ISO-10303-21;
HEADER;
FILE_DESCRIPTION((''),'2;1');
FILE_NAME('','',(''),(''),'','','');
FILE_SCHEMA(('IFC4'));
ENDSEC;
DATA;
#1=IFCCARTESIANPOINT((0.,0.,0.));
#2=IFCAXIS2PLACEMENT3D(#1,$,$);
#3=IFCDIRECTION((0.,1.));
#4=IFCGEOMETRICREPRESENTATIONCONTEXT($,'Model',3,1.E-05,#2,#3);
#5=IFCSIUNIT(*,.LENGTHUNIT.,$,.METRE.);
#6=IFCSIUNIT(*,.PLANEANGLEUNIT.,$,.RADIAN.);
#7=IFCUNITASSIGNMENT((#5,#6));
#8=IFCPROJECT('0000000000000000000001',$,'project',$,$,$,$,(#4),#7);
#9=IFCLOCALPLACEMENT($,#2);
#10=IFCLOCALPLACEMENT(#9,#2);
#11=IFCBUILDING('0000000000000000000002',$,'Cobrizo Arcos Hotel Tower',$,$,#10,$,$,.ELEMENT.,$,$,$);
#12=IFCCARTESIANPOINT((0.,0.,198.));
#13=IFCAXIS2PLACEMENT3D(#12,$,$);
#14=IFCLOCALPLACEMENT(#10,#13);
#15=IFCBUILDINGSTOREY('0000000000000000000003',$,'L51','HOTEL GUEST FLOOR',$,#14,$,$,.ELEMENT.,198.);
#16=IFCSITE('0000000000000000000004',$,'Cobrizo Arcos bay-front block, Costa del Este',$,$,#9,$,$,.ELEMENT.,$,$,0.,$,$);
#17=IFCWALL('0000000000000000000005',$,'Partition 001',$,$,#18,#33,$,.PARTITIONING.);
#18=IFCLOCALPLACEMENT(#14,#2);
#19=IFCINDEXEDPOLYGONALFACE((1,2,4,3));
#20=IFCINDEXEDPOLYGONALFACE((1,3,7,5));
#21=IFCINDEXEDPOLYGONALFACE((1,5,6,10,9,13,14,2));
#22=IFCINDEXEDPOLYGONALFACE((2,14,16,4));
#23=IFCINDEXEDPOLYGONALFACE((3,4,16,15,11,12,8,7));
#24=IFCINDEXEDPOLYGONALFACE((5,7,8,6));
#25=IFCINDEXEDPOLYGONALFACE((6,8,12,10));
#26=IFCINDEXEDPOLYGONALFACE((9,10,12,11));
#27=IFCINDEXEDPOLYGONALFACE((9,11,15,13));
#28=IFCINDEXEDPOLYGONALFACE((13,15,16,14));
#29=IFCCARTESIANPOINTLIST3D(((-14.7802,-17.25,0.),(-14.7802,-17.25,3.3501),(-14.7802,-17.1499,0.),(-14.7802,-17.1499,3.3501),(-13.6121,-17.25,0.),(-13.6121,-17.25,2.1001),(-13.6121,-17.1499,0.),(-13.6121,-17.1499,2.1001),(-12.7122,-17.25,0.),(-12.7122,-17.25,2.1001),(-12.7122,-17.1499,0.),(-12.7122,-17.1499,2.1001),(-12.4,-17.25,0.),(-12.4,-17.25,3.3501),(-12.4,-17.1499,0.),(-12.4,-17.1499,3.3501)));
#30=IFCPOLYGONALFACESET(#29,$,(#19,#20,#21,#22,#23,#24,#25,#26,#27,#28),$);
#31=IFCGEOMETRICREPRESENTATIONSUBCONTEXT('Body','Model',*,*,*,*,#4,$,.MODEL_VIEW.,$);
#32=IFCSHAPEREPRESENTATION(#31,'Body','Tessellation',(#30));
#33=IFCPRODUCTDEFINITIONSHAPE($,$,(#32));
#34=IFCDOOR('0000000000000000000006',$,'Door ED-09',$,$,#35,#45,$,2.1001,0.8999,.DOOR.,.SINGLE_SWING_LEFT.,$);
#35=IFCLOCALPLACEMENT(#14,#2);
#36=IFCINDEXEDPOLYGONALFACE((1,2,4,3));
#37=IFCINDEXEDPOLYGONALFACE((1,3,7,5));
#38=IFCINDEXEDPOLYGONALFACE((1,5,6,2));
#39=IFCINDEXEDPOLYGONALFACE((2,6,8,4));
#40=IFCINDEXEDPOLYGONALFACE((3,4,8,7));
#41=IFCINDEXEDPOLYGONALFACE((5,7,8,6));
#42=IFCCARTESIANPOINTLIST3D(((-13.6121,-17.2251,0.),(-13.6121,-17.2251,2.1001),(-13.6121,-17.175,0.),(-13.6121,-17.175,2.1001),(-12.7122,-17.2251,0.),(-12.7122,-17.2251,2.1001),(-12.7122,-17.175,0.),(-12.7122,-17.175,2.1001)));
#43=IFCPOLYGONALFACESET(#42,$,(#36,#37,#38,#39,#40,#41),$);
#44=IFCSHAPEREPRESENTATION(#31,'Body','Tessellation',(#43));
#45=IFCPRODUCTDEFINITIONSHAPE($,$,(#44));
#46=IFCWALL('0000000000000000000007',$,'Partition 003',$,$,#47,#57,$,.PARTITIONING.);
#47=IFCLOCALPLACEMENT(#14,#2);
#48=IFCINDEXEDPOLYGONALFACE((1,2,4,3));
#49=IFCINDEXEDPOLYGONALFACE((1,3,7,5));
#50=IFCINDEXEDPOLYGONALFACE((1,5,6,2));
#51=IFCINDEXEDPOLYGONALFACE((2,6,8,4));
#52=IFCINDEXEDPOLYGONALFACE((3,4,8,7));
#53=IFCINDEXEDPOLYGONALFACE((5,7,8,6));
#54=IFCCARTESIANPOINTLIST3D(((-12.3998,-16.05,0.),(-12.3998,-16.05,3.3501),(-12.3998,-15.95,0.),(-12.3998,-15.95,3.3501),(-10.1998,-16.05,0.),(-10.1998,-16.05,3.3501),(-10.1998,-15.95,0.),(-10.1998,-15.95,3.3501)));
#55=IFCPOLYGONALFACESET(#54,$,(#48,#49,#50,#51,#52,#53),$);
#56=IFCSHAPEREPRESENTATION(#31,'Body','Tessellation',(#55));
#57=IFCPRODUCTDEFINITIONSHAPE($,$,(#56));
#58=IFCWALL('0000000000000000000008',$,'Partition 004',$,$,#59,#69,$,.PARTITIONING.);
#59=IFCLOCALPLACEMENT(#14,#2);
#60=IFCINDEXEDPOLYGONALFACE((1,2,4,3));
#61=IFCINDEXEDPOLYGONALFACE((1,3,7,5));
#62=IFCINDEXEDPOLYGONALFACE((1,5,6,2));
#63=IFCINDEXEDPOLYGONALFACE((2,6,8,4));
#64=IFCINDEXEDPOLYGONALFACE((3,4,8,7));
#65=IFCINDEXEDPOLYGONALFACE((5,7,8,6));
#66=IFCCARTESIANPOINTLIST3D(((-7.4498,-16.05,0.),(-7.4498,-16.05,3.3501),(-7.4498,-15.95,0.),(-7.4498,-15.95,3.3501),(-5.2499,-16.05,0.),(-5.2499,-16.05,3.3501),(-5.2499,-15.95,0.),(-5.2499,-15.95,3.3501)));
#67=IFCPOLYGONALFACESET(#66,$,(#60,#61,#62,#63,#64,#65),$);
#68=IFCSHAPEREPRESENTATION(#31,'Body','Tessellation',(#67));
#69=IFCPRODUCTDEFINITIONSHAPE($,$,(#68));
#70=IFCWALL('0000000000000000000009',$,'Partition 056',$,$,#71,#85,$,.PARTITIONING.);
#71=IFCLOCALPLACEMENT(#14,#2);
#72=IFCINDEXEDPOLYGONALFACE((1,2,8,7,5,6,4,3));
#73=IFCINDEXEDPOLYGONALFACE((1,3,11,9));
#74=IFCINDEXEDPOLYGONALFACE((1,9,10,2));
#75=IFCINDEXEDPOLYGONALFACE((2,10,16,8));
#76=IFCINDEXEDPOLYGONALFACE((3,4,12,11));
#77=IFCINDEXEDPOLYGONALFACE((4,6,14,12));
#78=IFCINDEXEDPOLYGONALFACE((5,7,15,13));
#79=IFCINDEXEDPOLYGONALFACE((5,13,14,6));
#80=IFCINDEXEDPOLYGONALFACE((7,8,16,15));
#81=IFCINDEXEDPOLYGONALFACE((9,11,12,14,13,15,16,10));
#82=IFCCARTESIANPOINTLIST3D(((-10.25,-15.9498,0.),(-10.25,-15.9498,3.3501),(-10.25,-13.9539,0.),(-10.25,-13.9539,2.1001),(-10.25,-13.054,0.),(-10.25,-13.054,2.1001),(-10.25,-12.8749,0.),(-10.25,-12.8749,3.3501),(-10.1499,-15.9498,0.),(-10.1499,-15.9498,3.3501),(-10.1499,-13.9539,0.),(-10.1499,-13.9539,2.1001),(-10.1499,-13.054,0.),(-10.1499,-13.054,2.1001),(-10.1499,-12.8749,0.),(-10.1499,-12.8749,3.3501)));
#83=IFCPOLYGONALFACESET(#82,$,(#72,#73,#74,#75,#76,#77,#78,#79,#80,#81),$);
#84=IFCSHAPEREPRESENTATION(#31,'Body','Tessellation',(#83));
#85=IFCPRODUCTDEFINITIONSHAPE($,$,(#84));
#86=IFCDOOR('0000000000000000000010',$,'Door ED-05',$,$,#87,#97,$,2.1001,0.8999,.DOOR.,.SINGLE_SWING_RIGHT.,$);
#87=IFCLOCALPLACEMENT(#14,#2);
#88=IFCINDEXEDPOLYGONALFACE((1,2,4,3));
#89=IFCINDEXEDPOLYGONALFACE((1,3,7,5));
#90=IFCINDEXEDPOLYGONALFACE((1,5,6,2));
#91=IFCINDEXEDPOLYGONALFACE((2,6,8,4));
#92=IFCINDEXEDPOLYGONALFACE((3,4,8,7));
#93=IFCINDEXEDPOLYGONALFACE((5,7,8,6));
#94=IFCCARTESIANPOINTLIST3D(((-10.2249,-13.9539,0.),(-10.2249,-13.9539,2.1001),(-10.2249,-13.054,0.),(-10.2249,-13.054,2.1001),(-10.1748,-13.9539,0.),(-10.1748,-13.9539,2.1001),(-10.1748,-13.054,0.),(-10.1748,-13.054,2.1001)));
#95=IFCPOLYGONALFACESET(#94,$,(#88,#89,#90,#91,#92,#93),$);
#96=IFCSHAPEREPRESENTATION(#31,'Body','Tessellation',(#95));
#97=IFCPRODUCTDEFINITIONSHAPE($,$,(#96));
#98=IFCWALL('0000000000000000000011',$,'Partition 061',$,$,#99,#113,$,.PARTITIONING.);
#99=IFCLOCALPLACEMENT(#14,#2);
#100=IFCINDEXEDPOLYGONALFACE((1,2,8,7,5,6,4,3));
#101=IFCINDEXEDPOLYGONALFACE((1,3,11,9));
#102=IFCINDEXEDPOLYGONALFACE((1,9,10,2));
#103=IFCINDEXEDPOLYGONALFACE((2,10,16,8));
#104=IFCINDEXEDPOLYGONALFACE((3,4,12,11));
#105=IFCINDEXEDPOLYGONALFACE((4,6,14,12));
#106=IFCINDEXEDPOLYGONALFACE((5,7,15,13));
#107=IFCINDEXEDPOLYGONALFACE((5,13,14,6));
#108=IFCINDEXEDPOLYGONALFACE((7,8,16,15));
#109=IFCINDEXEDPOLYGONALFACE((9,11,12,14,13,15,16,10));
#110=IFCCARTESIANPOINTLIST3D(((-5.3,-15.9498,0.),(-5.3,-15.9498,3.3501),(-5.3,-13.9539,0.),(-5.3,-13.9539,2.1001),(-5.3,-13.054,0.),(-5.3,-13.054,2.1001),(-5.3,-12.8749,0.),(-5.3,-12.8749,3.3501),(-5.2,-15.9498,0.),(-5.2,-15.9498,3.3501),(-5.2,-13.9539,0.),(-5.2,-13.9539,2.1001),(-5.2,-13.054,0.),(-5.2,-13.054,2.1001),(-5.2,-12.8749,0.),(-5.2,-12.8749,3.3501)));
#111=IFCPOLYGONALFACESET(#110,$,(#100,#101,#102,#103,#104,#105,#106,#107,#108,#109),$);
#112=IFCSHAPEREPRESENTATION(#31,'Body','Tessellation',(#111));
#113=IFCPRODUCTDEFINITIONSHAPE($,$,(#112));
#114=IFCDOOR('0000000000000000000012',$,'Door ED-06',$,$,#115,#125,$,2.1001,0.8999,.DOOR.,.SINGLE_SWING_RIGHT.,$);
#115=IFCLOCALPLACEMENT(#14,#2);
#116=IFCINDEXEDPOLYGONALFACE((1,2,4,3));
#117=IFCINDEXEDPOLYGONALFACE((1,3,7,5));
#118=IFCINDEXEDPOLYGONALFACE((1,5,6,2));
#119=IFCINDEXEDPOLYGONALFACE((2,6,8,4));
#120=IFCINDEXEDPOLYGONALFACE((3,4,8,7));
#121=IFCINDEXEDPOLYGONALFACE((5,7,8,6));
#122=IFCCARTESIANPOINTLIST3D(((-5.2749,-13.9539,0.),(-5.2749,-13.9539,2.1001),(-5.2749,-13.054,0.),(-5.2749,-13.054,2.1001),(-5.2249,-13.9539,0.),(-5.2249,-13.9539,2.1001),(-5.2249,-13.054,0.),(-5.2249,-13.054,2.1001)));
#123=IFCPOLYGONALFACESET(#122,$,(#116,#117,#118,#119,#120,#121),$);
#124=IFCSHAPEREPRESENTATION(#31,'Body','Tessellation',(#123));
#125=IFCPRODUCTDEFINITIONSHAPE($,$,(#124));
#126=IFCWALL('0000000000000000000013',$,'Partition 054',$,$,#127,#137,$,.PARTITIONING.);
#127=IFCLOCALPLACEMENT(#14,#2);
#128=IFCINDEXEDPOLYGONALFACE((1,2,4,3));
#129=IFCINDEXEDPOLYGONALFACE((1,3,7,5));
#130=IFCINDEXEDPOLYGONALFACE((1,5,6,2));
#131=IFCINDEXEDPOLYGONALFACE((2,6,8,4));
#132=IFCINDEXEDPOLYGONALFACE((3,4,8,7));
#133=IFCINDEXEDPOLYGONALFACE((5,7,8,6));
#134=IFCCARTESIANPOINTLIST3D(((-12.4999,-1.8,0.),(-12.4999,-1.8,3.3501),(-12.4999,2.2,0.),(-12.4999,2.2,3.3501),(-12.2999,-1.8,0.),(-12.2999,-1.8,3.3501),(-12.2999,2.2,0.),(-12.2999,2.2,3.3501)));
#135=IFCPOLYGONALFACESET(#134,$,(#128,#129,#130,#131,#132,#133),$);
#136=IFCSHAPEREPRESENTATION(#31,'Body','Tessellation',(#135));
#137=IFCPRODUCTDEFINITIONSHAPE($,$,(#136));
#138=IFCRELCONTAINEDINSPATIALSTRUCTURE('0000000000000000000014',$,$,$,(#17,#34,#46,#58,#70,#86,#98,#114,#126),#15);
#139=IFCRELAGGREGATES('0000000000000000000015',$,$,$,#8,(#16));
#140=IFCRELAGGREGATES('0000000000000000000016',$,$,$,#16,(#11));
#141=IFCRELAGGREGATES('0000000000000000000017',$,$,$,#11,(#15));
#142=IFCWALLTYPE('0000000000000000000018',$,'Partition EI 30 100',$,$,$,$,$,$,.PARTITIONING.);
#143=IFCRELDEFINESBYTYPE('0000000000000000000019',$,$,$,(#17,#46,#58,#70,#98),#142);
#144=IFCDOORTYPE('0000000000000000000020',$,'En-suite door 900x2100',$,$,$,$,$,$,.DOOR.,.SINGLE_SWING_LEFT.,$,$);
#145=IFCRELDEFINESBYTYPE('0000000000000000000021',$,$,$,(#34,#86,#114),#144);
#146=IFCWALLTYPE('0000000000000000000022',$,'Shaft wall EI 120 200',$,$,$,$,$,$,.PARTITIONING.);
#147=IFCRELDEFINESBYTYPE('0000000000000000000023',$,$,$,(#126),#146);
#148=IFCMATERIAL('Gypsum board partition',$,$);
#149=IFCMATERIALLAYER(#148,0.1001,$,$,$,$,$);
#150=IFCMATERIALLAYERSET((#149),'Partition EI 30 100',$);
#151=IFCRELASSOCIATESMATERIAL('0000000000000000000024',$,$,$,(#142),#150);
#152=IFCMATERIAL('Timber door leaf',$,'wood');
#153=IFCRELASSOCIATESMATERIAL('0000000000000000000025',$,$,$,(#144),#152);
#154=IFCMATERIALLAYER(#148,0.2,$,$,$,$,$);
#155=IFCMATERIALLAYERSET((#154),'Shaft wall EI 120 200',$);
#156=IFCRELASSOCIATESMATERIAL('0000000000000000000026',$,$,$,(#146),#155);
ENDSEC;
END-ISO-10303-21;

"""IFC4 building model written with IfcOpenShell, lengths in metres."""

from ifc_helpers import new_model, si_unit, direction, frame, frame_2d, origin, place, context, subcontext, project, spatial, rectangle, extrude, material, layer, layer_set, type_object, element, fill, save


model = new_model("IFC4")

# Units and contexts
model_context = context("Model", 3, precision=1e-05, world=origin(), true_north=direction((0.0, 1.0)))
body_context = subcontext(model_context, "Body", "Model", "MODEL_VIEW")
ifc_project = project(units=[si_unit("LENGTHUNIT", "METRE"), si_unit("PLANEANGLEUNIT", "RADIAN")], contexts=[model_context])

# Site, building, storey
site_placement = place(None, origin())
site = spatial("IfcSite", under=ifc_project, at=site_placement, Name="Cobrizo Arcos bay-front block, Costa del Este", CompositionType="ELEMENT", RefElevation=0.0)
building_placement = place(site_placement, origin())
building = spatial("IfcBuilding", under=site, at=building_placement, Name="Cobrizo Arcos Hotel Tower", CompositionType="ELEMENT")
storey_placement = place(building_placement, frame((0.0, 0.0, 198.0)))
storey = spatial("IfcBuildingStorey", under=building, at=storey_placement, Name="L51", Description="HOTEL GUEST FLOOR", CompositionType="ELEMENT", Elevation=198.0)

# Shared definitions
ifc_material_1 = material(Name="Gypsum board partition")
ifc_material_2 = material(Name="Timber door leaf", Category="wood")

# Wall, opening, door
ifc_layer_1 = layer(ifc_material_1, 0.1001)
ifc_layer_set_1 = layer_set([ifc_layer_1], Name="Partition EI 30 100")
wall_type_1 = type_object("IfcWallType", Name="Partition EI 30 100", PredefinedType="PARTITIONING", material=ifc_layer_set_1)
wall_1_placement = place(storey_placement, frame((-14.78, -17.2, 0.0), z_axis=(0.0, 0.0, 1.0), x_axis=(1.0, 0.0, 0.0)))
wall_1 = element("IfcWall", 1, at=wall_1_placement, inside=storey, type_object=wall_type_1, Name="Partition 001", PredefinedType="PARTITIONING", context=body_context, shape_type="SweptSolid", body=[
    extrude(rectangle(XDim=2.3801, YDim=0.1001, at=frame_2d((1.1899, 0.0))), origin(), (0.0, 0.0, 1.0), 3.3501),
])
opening_1_placement = place(wall_1_placement, frame((1.168, 0.0, 0.0)))
opening_1 = element("IfcOpeningElement", 2, at=opening_1_placement, cuts=wall_1, PredefinedType="OPENING", context=body_context, shape_type="SweptSolid", body=[
    extrude(rectangle(XDim=0.8999, YDim=2.1001, at=frame_2d((0.45, 1.05))), frame((0.0, 0.062, 0.0), z_axis=(0.0, -1.0, 0.0), x_axis=(1.0, 0.0, 0.0)), (0.0, 0.0, 1.0), 0.124),
])
door_type_1 = type_object("IfcDoorType", Name="En-suite door 900x2100", OperationType="SINGLE_SWING_LEFT", PredefinedType="DOOR", material=ifc_material_2)
door_1_placement = place(opening_1_placement, origin())
door_1 = element("IfcDoor", 3, at=door_1_placement, inside=storey, type_object=door_type_1, Name="Door ED-09", OperationType="SINGLE_SWING_LEFT", OverallHeight=2.1001, OverallWidth=0.8999, PredefinedType="DOOR", context=body_context, shape_type="SweptSolid", body=[
    extrude(rectangle(XDim=0.8999, YDim=2.1001, at=frame_2d((0.45, 1.05))), frame((0.0, 0.0249, 0.0), z_axis=(0.0, -1.0, 0.0), x_axis=(1.0, 0.0, 0.0)), (0.0, 0.0, 1.0), 0.05),
])
fill(opening_1, door_1)

# Walls
for number, where, z_axis, x_axis, name in (
    (4, (-12.3999, -16.0, 0.0), (0.0, 0.0, 1.0), (1.0, 0.0, 0.0), "Partition 003"),
    (5, (-7.45, -16.0, 0.0), (0.0, 0.0, 1.0), (1.0, 0.0, 0.0), "Partition 004"),
):
    element("IfcWall", number, at=place(storey_placement, frame(where, z_axis=z_axis, x_axis=x_axis)), inside=storey, type_object=wall_type_1, Name=name, PredefinedType="PARTITIONING", context=body_context, shape_type="SweptSolid", body=[
        extrude(rectangle(XDim=2.2, YDim=0.1001, at=frame_2d((1.1001, 0.0))), origin(), (0.0, 0.0, 1.0), 3.3501),
    ])

# Walls, openings, doors
wall_2_placement = place(storey_placement, frame((-10.2, -15.95, 0.0), z_axis=(0.0, 0.0, 1.0), x_axis=(0.0, 1.0, 0.0)))
wall_2 = element("IfcWall", 6, at=wall_2_placement, inside=storey, type_object=wall_type_1, Name="Partition 056", PredefinedType="PARTITIONING", context=body_context, shape_type="SweptSolid", body=[
    extrude(rectangle(XDim=3.075, YDim=0.1001, at=frame_2d((1.5376, 0.0))), origin(), (0.0, 0.0, 1.0), 3.3501),
])
opening_2_placement = place(wall_2_placement, frame((1.9961, 0.0, 0.0)))
opening_2 = element("IfcOpeningElement", 7, at=opening_2_placement, cuts=wall_2, PredefinedType="OPENING", context=body_context, shape_type="SweptSolid", body=[
    extrude(rectangle(XDim=0.8999, YDim=2.1001, at=frame_2d((0.45, 1.05))), frame((0.0, 0.062, 0.0), z_axis=(0.0, -1.0, 0.0), x_axis=(1.0, 0.0, 0.0)), (0.0, 0.0, 1.0), 0.124),
])
door_2_placement = place(opening_2_placement, origin())
door_2 = element("IfcDoor", 8, at=door_2_placement, inside=storey, type_object=door_type_1, Name="Door ED-05", OperationType="SINGLE_SWING_RIGHT", OverallHeight=2.1001, OverallWidth=0.8999, PredefinedType="DOOR", context=body_context, shape_type="SweptSolid", body=[
    extrude(rectangle(XDim=0.8999, YDim=2.1001, at=frame_2d((0.45, 1.05))), frame((0.0, 0.0249, 0.0), z_axis=(0.0, -1.0, 0.0), x_axis=(1.0, 0.0, 0.0)), (0.0, 0.0, 1.0), 0.05),
])
fill(opening_2, door_2)
wall_3_placement = place(storey_placement, frame((-5.25, -15.95, 0.0), z_axis=(0.0, 0.0, 1.0), x_axis=(0.0, 1.0, 0.0)))
wall_3 = element("IfcWall", 9, at=wall_3_placement, inside=storey, type_object=wall_type_1, Name="Partition 061", PredefinedType="PARTITIONING", context=body_context, shape_type="SweptSolid", body=[
    extrude(rectangle(XDim=3.075, YDim=0.1001, at=frame_2d((1.5376, 0.0))), origin(), (0.0, 0.0, 1.0), 3.3501),
])
opening_3_placement = place(wall_3_placement, frame((1.9961, 0.0, 0.0)))
opening_3 = element("IfcOpeningElement", 10, at=opening_3_placement, cuts=wall_3, PredefinedType="OPENING", context=body_context, shape_type="SweptSolid", body=[
    extrude(rectangle(XDim=0.8999, YDim=2.1001, at=frame_2d((0.45, 1.05))), frame((0.0, 0.062, 0.0), z_axis=(0.0, -1.0, 0.0), x_axis=(1.0, 0.0, 0.0)), (0.0, 0.0, 1.0), 0.124),
])
door_3_placement = place(opening_3_placement, origin())
door_3 = element("IfcDoor", 11, at=door_3_placement, inside=storey, type_object=door_type_1, Name="Door ED-06", OperationType="SINGLE_SWING_RIGHT", OverallHeight=2.1001, OverallWidth=0.8999, PredefinedType="DOOR", context=body_context, shape_type="SweptSolid", body=[
    extrude(rectangle(XDim=0.8999, YDim=2.1001, at=frame_2d((0.45, 1.05))), frame((0.0, 0.0249, 0.0), z_axis=(0.0, -1.0, 0.0), x_axis=(1.0, 0.0, 0.0)), (0.0, 0.0, 1.0), 0.05),
])
fill(opening_3, door_3)

# Wall
ifc_layer_2 = layer(ifc_material_1, 0.2)
ifc_layer_set_2 = layer_set([ifc_layer_2], Name="Shaft wall EI 120 200")
wall_type_2 = type_object("IfcWallType", Name="Shaft wall EI 120 200", PredefinedType="PARTITIONING", material=ifc_layer_set_2)
wall_4_placement = place(storey_placement, frame((-12.3999, -1.8, 0.0), z_axis=(0.0, 0.0, 1.0), x_axis=(0.0, 1.0, 0.0)))
element("IfcWall", 12, at=wall_4_placement, inside=storey, type_object=wall_type_2, Name="Partition 054", PredefinedType="PARTITIONING", context=body_context, shape_type="SweptSolid", body=[
    extrude(rectangle(XDim=4.0, YDim=0.2, at=frame_2d((2.0, 0.0))), origin(), (0.0, 0.0, 1.0), 3.3501),
])

save(model, "model.ifc")
